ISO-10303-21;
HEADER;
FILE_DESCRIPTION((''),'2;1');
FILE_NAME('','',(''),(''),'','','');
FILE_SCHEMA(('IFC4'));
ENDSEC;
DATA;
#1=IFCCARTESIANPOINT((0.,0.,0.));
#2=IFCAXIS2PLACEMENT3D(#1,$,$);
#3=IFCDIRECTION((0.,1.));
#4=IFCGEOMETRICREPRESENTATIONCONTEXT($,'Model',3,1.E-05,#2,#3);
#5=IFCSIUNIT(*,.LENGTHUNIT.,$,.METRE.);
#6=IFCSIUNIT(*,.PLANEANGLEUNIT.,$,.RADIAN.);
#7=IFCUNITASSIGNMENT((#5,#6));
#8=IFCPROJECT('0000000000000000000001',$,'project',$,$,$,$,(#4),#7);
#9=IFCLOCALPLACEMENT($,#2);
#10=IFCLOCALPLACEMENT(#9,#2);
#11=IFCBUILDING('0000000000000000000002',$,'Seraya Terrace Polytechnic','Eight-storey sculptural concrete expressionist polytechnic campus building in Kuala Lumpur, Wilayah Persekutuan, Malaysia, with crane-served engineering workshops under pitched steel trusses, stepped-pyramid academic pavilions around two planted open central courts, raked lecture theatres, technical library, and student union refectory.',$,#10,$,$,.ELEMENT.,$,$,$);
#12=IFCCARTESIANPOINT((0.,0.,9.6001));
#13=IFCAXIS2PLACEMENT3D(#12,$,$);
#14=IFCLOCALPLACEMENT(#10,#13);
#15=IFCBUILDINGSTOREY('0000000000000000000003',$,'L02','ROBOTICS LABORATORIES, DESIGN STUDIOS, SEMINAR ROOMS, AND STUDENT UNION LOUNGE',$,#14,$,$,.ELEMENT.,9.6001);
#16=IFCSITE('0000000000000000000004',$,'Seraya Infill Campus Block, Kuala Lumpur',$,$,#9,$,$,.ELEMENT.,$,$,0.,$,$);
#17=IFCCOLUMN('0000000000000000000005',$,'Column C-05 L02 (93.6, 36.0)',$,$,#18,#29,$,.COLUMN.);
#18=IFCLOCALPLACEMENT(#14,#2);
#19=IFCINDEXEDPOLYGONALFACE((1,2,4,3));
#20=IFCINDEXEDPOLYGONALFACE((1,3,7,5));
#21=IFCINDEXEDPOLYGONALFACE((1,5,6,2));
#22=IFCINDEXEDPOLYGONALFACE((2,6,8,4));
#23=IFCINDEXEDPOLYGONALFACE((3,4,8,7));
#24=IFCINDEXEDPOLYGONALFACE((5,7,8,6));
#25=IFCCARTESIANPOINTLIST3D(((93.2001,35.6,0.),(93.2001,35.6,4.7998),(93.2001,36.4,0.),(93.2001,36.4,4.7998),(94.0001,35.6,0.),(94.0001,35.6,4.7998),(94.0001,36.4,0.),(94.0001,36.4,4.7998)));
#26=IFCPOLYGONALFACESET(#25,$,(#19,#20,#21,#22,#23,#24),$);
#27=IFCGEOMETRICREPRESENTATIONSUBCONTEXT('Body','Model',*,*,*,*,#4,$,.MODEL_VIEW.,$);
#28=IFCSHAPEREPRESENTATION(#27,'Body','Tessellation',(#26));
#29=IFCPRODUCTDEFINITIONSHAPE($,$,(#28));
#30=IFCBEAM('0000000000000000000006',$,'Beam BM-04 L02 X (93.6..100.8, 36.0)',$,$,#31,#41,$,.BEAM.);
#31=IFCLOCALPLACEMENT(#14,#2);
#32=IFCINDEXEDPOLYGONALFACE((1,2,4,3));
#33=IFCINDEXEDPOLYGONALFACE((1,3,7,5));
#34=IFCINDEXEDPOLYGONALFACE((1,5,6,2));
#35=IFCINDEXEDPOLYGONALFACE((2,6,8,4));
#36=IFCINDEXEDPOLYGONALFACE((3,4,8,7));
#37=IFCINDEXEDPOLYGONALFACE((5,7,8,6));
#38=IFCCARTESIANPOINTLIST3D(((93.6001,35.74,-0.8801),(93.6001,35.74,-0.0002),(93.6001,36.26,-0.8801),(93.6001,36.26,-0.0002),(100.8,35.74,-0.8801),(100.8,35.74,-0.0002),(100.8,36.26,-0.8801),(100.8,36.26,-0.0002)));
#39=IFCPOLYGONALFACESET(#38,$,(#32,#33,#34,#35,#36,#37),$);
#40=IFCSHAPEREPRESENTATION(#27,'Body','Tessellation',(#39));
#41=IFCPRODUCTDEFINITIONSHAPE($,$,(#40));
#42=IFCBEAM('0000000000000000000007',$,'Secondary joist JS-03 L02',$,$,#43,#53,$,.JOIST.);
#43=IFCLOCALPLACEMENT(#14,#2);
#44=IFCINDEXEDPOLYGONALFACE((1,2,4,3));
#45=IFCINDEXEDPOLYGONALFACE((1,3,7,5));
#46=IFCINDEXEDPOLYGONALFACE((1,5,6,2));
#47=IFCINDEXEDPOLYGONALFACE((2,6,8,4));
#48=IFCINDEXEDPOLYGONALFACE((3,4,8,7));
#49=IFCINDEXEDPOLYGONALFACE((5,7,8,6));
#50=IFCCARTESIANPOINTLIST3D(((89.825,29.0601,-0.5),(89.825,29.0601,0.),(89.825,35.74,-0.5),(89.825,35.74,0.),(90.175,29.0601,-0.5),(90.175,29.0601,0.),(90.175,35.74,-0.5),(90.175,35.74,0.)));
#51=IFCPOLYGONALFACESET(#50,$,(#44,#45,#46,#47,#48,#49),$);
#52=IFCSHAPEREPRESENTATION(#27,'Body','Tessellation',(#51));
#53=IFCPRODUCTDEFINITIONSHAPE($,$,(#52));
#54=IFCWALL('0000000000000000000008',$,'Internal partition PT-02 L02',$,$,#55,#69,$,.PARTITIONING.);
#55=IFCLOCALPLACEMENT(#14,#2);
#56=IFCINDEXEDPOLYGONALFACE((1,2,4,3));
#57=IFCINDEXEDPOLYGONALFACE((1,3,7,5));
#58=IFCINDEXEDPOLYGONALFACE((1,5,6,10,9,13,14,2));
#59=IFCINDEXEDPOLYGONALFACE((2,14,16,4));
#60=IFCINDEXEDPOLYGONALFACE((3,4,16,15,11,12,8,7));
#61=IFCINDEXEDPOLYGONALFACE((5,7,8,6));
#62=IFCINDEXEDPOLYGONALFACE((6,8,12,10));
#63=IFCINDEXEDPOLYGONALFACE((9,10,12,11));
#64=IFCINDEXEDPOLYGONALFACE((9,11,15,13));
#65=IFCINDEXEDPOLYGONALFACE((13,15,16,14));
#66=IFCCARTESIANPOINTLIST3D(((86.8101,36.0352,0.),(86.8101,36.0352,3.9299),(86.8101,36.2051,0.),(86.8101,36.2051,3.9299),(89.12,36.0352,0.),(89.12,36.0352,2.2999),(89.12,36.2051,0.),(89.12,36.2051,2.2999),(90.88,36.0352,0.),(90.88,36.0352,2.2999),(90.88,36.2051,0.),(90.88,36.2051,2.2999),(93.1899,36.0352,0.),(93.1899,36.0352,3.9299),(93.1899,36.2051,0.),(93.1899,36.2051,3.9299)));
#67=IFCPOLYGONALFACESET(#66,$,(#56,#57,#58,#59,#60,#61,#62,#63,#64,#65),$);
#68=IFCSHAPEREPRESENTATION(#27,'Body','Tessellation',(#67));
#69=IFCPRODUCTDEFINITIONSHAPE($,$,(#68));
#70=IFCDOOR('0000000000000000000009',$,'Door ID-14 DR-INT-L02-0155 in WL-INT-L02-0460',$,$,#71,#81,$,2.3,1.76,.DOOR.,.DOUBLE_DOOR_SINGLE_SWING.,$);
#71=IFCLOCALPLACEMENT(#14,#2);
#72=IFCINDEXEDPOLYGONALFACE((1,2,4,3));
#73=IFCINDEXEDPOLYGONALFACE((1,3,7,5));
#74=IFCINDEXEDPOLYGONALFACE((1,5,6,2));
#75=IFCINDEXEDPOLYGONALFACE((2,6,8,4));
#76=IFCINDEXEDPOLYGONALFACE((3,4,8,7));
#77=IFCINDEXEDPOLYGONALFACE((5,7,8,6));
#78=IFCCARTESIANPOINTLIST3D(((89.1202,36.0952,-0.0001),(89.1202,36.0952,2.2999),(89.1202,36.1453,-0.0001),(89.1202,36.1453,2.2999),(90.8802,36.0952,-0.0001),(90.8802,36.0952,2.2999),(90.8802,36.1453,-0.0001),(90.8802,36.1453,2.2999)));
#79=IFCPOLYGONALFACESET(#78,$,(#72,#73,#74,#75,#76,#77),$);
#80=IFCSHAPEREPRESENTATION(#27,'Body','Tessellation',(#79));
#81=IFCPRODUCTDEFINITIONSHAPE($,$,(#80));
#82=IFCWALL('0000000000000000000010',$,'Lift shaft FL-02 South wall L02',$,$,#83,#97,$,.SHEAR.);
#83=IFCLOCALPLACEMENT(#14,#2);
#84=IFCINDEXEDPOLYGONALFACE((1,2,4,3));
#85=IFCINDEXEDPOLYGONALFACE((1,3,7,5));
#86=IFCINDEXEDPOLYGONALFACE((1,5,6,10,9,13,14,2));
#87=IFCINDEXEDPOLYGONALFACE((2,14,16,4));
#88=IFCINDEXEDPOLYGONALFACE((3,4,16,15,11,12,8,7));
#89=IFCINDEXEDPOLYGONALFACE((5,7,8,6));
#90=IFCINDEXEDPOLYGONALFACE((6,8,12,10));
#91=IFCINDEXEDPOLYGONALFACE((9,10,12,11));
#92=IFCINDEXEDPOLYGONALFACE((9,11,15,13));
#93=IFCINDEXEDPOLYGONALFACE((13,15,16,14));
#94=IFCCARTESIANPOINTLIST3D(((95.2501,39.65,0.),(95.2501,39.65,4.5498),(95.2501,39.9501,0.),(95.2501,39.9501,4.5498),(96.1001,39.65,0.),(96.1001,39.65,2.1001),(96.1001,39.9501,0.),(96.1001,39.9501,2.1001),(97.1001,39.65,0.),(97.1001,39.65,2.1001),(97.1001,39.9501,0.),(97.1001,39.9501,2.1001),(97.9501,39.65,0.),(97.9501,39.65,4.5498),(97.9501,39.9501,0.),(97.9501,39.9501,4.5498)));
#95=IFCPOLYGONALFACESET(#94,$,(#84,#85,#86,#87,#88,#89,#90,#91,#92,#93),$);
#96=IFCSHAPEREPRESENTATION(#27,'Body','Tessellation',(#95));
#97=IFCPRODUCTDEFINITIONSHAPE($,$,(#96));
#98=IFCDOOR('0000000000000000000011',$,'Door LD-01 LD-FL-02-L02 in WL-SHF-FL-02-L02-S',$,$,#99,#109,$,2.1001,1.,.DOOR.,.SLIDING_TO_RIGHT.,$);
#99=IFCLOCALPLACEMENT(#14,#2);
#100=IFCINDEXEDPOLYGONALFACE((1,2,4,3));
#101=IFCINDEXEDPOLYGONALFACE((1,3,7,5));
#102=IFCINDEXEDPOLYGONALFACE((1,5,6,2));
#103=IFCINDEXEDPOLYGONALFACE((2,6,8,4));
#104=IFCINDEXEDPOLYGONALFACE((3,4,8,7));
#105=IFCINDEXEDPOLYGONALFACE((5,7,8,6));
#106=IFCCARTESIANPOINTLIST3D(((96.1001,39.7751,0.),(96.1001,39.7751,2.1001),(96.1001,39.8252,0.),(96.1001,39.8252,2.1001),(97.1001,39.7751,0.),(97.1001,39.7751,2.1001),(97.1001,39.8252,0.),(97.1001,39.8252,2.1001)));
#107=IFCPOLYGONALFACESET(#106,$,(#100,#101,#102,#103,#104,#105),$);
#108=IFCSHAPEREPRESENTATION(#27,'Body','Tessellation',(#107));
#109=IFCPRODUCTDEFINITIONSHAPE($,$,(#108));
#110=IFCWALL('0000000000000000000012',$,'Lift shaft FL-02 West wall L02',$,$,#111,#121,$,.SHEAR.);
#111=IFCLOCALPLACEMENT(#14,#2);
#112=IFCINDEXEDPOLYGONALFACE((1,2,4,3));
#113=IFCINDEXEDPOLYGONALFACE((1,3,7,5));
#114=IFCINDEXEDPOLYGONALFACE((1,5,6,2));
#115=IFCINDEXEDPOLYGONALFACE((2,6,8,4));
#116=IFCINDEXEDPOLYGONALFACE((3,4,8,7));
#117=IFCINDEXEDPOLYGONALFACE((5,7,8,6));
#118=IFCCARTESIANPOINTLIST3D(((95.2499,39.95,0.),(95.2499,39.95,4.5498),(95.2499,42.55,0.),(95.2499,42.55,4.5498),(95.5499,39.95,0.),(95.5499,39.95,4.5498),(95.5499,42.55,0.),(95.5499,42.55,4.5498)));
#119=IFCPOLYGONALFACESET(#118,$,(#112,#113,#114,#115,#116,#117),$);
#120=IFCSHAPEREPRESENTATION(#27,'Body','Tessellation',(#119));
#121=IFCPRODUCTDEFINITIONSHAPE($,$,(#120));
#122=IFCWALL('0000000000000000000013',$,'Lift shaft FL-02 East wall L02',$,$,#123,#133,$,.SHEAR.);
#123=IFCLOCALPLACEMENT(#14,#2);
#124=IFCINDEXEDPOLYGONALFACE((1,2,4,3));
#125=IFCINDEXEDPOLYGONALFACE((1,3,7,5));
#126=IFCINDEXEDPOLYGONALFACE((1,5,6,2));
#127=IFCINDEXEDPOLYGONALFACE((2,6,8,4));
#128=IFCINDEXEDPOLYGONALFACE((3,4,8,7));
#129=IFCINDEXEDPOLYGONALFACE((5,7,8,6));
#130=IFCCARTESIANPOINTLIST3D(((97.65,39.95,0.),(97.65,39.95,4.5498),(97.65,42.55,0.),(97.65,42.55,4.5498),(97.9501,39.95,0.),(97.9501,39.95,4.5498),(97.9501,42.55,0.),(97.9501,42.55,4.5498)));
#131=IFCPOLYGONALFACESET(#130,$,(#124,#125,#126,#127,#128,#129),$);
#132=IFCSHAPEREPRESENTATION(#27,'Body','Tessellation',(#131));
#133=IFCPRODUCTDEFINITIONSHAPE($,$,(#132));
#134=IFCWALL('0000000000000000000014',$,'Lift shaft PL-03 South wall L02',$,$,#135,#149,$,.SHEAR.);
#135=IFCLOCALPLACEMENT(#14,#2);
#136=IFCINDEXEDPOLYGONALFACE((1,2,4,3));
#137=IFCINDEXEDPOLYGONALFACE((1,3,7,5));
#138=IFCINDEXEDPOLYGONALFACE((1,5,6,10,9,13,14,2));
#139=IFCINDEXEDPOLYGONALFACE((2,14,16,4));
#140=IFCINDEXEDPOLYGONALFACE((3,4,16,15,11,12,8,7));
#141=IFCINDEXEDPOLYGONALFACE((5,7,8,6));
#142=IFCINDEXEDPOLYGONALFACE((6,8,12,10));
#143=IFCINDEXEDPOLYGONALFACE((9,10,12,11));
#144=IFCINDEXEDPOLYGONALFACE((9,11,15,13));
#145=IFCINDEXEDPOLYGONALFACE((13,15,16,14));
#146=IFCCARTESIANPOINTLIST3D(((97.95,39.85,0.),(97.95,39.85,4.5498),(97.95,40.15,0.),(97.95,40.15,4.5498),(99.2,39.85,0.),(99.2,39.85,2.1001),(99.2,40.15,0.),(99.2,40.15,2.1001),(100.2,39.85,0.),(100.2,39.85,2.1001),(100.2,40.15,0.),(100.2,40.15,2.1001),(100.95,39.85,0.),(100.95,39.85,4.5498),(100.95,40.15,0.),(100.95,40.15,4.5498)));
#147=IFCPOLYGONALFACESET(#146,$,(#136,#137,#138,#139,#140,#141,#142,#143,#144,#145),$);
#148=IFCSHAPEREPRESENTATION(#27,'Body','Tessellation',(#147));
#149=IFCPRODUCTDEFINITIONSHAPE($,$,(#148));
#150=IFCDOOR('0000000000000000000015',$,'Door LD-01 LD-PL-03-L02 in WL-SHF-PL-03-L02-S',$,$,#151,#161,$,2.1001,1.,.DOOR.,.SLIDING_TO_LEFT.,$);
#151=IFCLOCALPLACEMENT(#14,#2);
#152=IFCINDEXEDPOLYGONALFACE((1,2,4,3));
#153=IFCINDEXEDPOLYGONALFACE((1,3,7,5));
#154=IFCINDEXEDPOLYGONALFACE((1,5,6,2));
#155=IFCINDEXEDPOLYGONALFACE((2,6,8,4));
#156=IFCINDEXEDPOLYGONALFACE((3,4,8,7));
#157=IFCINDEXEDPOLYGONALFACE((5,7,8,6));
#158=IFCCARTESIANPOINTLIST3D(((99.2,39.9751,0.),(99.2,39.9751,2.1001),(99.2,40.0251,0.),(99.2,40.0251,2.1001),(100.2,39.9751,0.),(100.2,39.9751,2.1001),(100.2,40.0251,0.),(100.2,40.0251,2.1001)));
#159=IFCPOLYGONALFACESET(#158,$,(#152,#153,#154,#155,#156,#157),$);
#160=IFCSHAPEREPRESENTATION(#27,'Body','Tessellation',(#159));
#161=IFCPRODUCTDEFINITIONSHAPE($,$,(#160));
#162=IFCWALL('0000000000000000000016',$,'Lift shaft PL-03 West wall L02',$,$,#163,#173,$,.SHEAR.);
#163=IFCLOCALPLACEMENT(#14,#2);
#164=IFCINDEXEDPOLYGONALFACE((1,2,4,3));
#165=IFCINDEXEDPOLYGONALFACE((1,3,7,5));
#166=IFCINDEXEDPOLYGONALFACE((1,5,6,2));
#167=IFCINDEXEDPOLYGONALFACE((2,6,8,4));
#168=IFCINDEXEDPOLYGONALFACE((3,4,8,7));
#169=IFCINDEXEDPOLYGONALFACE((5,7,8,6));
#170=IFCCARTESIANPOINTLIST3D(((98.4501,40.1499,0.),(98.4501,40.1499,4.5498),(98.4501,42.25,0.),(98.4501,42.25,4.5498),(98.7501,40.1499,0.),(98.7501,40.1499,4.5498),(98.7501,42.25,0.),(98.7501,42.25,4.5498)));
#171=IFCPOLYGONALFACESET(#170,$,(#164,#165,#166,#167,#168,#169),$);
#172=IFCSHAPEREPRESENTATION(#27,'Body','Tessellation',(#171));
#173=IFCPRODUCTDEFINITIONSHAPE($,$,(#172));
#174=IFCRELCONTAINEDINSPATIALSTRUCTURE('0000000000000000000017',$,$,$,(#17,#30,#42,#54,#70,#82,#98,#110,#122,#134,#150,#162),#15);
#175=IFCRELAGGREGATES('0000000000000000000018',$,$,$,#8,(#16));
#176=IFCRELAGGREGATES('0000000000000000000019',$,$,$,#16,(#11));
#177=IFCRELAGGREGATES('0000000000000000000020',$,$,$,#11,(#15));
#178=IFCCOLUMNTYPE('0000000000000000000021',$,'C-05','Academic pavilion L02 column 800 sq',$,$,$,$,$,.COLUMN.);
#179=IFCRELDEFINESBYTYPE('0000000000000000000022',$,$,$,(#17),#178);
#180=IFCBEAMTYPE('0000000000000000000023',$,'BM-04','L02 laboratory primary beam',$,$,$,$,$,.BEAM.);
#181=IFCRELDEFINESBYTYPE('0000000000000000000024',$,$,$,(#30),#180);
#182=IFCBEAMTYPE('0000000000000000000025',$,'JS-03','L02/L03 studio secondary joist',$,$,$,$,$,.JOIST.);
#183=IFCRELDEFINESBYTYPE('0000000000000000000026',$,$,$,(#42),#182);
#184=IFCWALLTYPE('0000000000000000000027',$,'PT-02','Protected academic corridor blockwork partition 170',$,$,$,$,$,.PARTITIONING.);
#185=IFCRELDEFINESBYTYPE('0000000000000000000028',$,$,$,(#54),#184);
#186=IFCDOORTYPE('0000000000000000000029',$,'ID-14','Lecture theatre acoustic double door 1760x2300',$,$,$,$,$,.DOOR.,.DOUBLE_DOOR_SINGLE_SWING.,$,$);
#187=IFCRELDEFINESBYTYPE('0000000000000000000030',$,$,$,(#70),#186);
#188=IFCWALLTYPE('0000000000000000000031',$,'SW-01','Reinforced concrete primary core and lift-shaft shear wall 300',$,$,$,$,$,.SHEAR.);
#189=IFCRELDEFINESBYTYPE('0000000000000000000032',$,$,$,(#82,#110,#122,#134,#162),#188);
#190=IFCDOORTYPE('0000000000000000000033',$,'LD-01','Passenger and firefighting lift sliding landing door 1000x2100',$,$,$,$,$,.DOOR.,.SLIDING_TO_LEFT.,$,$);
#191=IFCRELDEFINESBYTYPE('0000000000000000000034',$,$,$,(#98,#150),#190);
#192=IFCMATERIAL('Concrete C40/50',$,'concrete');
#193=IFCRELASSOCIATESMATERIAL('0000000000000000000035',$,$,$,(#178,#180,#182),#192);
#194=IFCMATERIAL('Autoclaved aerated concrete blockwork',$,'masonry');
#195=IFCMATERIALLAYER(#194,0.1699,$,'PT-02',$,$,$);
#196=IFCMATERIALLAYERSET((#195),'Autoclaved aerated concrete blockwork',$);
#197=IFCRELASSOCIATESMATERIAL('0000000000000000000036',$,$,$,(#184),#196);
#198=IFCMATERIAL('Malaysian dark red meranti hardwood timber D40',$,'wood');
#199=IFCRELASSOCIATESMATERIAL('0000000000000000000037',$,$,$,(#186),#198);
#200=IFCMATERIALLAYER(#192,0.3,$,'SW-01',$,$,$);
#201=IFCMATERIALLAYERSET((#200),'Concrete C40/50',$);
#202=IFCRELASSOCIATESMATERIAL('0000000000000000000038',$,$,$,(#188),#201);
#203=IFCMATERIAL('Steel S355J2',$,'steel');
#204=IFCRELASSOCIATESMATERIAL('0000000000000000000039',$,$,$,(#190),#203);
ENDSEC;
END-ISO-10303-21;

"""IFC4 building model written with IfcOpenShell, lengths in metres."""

from ifc_helpers import new_model, si_unit, direction, frame, frame_2d, origin, origin_2d, place, context, subcontext, project, spatial, rectangle, extrude, material, layer, layer_set, material_profile, profile_set, type_object, element, fill, save


model = new_model("IFC4")

# Units and contexts
model_context = context("Model", 3, precision=1e-05, world=origin(), true_north=direction((0.0, 1.0)))
body_context = subcontext(model_context, "Body", "Model", "MODEL_VIEW")
ifc_project = project(units=[si_unit("LENGTHUNIT", "METRE"), si_unit("PLANEANGLEUNIT", "RADIAN")], contexts=[model_context])

# Site, building, storey
site_placement = place(None, origin())
site = spatial("IfcSite", under=ifc_project, at=site_placement, Name="Seraya Infill Campus Block, Kuala Lumpur", CompositionType="ELEMENT", RefElevation=0.0)
building_placement = place(site_placement, origin())
building = spatial("IfcBuilding", under=site, at=building_placement, Name="Seraya Terrace Polytechnic", Description="Eight-storey sculptural concrete expressionist polytechnic campus building in Kuala Lumpur, Wilayah Persekutuan, Malaysia, with crane-served engineering workshops under pitched steel trusses, stepped-pyramid academic pavilions around two planted open central courts, raked lecture theatres, technical library, and student union refectory.", CompositionType="ELEMENT")
storey_placement = place(building_placement, frame((0.0, 0.0, 9.6001)))
storey = spatial("IfcBuildingStorey", under=building, at=storey_placement, Name="L02", Description="ROBOTICS LABORATORIES, DESIGN STUDIOS, SEMINAR ROOMS, AND STUDENT UNION LOUNGE", CompositionType="ELEMENT", Elevation=9.6001)

# Column
ifc_material_1 = material(Name="Concrete C40/50", Category="concrete")
ifc_material_profile_1 = material_profile(ifc_material_1, rectangle(XDim=0.8, YDim=0.8, at=origin_2d()), Name="RC 800x800")
ifc_profile_set_1 = profile_set([ifc_material_profile_1], Name="Concrete C40/50")
column_type = type_object("IfcColumnType", Name="C-05", Description="Academic pavilion L02 column 800 sq", PredefinedType="COLUMN", material=ifc_profile_set_1)
column_placement = place(storey_placement, frame((93.6001, 36.0, 0.0), z_axis=(0.0, 0.0, 1.0), x_axis=(1.0, 0.0, 0.0)))
element("IfcColumn", 1, at=column_placement, inside=storey, type_object=column_type, Name="Column C-05 L02 (93.6, 36.0)", PredefinedType="COLUMN", context=body_context, shape_type="SweptSolid", body=[
    extrude(rectangle(XDim=0.8, YDim=0.8, at=origin_2d()), origin(), (0.0, 0.0, 1.0), 4.7998),
])

# Beams
ifc_material_profile_2 = material_profile(ifc_material_1, rectangle(XDim=0.52, YDim=0.8799, at=origin_2d()), Name="RC 520x880")
ifc_profile_set_2 = profile_set([ifc_material_profile_2], Name="Concrete C40/50")
beam_type_1 = type_object("IfcBeamType", Name="BM-04", Description="L02 laboratory primary beam", PredefinedType="BEAM", material=ifc_profile_set_2)
beam_1_placement = place(storey_placement, frame((93.6001, 36.0, -0.4402), z_axis=(1.0, 0.0, 0.0), x_axis=(0.0, 1.0, 0.0)))
element("IfcBeam", 2, at=beam_1_placement, inside=storey, type_object=beam_type_1, Name="Beam BM-04 L02 X (93.6..100.8, 36.0)", PredefinedType="BEAM", context=body_context, shape_type="SweptSolid", body=[
    extrude(rectangle(XDim=0.52, YDim=0.8799, at=origin_2d()), origin(), (0.0, 0.0, 1.0), 7.2),
])
ifc_material_profile_3 = material_profile(ifc_material_1, rectangle(XDim=0.3501, YDim=0.5, at=origin_2d()), Name="RC 350x500")
ifc_profile_set_3 = profile_set([ifc_material_profile_3], Name="Concrete C40/50")
beam_type_2 = type_object("IfcBeamType", Name="JS-03", Description="L02/L03 studio secondary joist", PredefinedType="JOIST", material=ifc_profile_set_3)
beam_2_placement = place(storey_placement, frame((90.0, 29.0601, -0.25), z_axis=(0.0, 1.0, 0.0), x_axis=(-1.0, 0.0, 0.0)))
element("IfcBeam", 3, at=beam_2_placement, inside=storey, type_object=beam_type_2, Name="Secondary joist JS-03 L02", PredefinedType="JOIST", context=body_context, shape_type="SweptSolid", body=[
    extrude(rectangle(XDim=0.3501, YDim=0.5, at=origin_2d()), origin(), (0.0, 0.0, 1.0), 6.6799),
])

# Walls, openings, doors
ifc_material_2 = material(Name="Autoclaved aerated concrete blockwork", Category="masonry")
ifc_layer_1 = layer(ifc_material_2, 0.1699, Name="PT-02")
ifc_layer_set_1 = layer_set([ifc_layer_1], Name="Autoclaved aerated concrete blockwork")
wall_type_1 = type_object("IfcWallType", Name="PT-02", Description="Protected academic corridor blockwork partition 170", PredefinedType="PARTITIONING", material=ifc_layer_set_1)
wall_1_placement = place(storey_placement, frame((86.8101, 36.1201, 0.0), z_axis=(0.0, 0.0, 1.0), x_axis=(1.0, 0.0, 0.0)))
wall_1 = element("IfcWall", 4, at=wall_1_placement, inside=storey, type_object=wall_type_1, Name="Internal partition PT-02 L02", PredefinedType="PARTITIONING", context=body_context, shape_type="SweptSolid", body=[
    extrude(rectangle(XDim=6.3799, YDim=0.1699, at=frame_2d((3.1899, 0.0))), origin(), (0.0, 0.0, 1.0), 3.9299),
])
opening_1_placement = place(wall_1_placement, frame((2.3101, 0.0, 0.0)))
opening_1 = element("IfcOpeningElement", 5, at=opening_1_placement, cuts=wall_1, PredefinedType="OPENING", context=body_context, shape_type="SweptSolid", body=[
    extrude(rectangle(XDim=1.76, YDim=2.3, at=frame_2d((0.8799, 1.1499))), frame((0.0, 0.0969, 0.0), z_axis=(0.0, -1.0, 0.0), x_axis=(1.0, 0.0, 0.0)), (0.0, 0.0, 1.0), 0.1938),
])
ifc_material_3 = material(Name="Malaysian dark red meranti hardwood timber D40", Category="wood")
door_type_1 = type_object("IfcDoorType", Name="ID-14", Description="Lecture theatre acoustic double door 1760x2300", OperationType="DOUBLE_DOOR_SINGLE_SWING", PredefinedType="DOOR", material=ifc_material_3)
door_1_placement = place(opening_1_placement, frame((1.76, 0.0, 0.0), z_axis=(0.0, 0.0, 1.0), x_axis=(-1.0, 0.0, 0.0)))
door_1 = element("IfcDoor", 6, at=door_1_placement, inside=storey, type_object=door_type_1, Name="Door ID-14 DR-INT-L02-0155 in WL-INT-L02-0460", OperationType="DOUBLE_DOOR_SINGLE_SWING", OverallHeight=2.3, OverallWidth=1.76, PredefinedType="DOOR", context=body_context, shape_type="SweptSolid", body=[
    extrude(rectangle(XDim=1.76, YDim=2.3, at=frame_2d((0.8799, 1.1499))), frame((0.0, 0.0249, 0.0), z_axis=(0.0, -1.0, 0.0), x_axis=(1.0, 0.0, 0.0)), (0.0, 0.0, 1.0), 0.05),
])
fill(opening_1, door_1)
ifc_layer_2 = layer(ifc_material_1, 0.3, Name="SW-01")
ifc_layer_set_2 = layer_set([ifc_layer_2], Name="Concrete C40/50")
wall_type_2 = type_object("IfcWallType", Name="SW-01", Description="Reinforced concrete primary core and lift-shaft shear wall 300", PredefinedType="SHEAR", material=ifc_layer_set_2)
wall_2_placement = place(storey_placement, frame((95.25, 39.8, 0.0), z_axis=(0.0, 0.0, 1.0), x_axis=(1.0, 0.0, 0.0)))
wall_2 = element("IfcWall", 7, at=wall_2_placement, inside=storey, type_object=wall_type_2, Name="Lift shaft FL-02 South wall L02", PredefinedType="SHEAR", context=body_context, shape_type="SweptSolid", body=[
    extrude(rectangle(XDim=2.7, YDim=0.3, at=frame_2d((1.3501, 0.0))), origin(), (0.0, 0.0, 1.0), 4.5498),
])
opening_2_placement = place(wall_2_placement, frame((0.8501, 0.0, 0.0)))
opening_2 = element("IfcOpeningElement", 8, at=opening_2_placement, cuts=wall_2, PredefinedType="OPENING", context=body_context, shape_type="SweptSolid", body=[
    extrude(rectangle(XDim=1.0, YDim=2.1001, at=frame_2d((0.5, 1.05))), frame((0.0, 0.1621, 0.0), z_axis=(0.0, -1.0, 0.0), x_axis=(1.0, 0.0, 0.0)), (0.0, 0.0, 1.0), 0.324),
])
ifc_material_4 = material(Name="Steel S355J2", Category="steel")
door_type_2 = type_object("IfcDoorType", Name="LD-01", Description="Passenger and firefighting lift sliding landing door 1000x2100", OperationType="SLIDING_TO_LEFT", PredefinedType="DOOR", material=ifc_material_4)
door_2_placement = place(opening_2_placement, frame((1.0, 0.0, 0.0), z_axis=(0.0, 0.0, 1.0), x_axis=(-1.0, 0.0, 0.0)))
door_2 = element("IfcDoor", 9, at=door_2_placement, inside=storey, type_object=door_type_2, Name="Door LD-01 LD-FL-02-L02 in WL-SHF-FL-02-L02-S", OperationType="SLIDING_TO_RIGHT", OverallHeight=2.1001, OverallWidth=1.0, PredefinedType="DOOR", context=body_context, shape_type="SweptSolid", body=[
    extrude(rectangle(XDim=1.0, YDim=2.1001, at=frame_2d((0.5, 1.05))), frame((0.0, 0.0249, 0.0), z_axis=(0.0, -1.0, 0.0), x_axis=(1.0, 0.0, 0.0)), (0.0, 0.0, 1.0), 0.05),
])
fill(opening_2, door_2)

# Walls
for number, where, z_axis, x_axis, name in (
    (10, (95.3999, 39.95, 0.0), (0.0, 0.0, 1.0), (0.0, 1.0, 0.0), "Lift shaft FL-02 West wall L02"),
    (11, (97.8, 39.95, 0.0), (0.0, 0.0, 1.0), (0.0, 1.0, 0.0), "Lift shaft FL-02 East wall L02"),
):
    element("IfcWall", number, at=place(storey_placement, frame(where, z_axis=z_axis, x_axis=x_axis)), inside=storey, type_object=wall_type_2, Name=name, PredefinedType="SHEAR", context=body_context, shape_type="SweptSolid", body=[
        extrude(rectangle(XDim=2.6001, YDim=0.3, at=frame_2d((1.3, 0.0))), origin(), (0.0, 0.0, 1.0), 4.5498),
    ])

# Wall, opening, door
wall_3_placement = place(storey_placement, frame((97.95, 40.0, 0.0), z_axis=(0.0, 0.0, 1.0), x_axis=(1.0, 0.0, 0.0)))
wall_3 = element("IfcWall", 12, at=wall_3_placement, inside=storey, type_object=wall_type_2, Name="Lift shaft PL-03 South wall L02", PredefinedType="SHEAR", context=body_context, shape_type="SweptSolid", body=[
    extrude(rectangle(XDim=3.0, YDim=0.3, at=frame_2d((1.5, 0.0))), origin(), (0.0, 0.0, 1.0), 4.5498),
])
opening_3_placement = place(wall_3_placement, frame((1.25, 0.0, 0.0)))
opening_3 = element("IfcOpeningElement", 13, at=opening_3_placement, cuts=wall_3, PredefinedType="OPENING", context=body_context, shape_type="SweptSolid", body=[
    extrude(rectangle(XDim=1.0, YDim=2.1001, at=frame_2d((0.5, 1.05))), frame((0.0, 0.1621, 0.0), z_axis=(0.0, -1.0, 0.0), x_axis=(1.0, 0.0, 0.0)), (0.0, 0.0, 1.0), 0.324),
])
door_3_placement = place(opening_3_placement, frame((1.0, 0.0, 0.0), z_axis=(0.0, 0.0, 1.0), x_axis=(-1.0, 0.0, 0.0)))
door_3 = element("IfcDoor", 14, at=door_3_placement, inside=storey, type_object=door_type_2, Name="Door LD-01 LD-PL-03-L02 in WL-SHF-PL-03-L02-S", OperationType="SLIDING_TO_LEFT", OverallHeight=2.1001, OverallWidth=1.0, PredefinedType="DOOR", context=body_context, shape_type="SweptSolid", body=[
    extrude(rectangle(XDim=1.0, YDim=2.1001, at=frame_2d((0.5, 1.05))), frame((0.0, 0.0249, 0.0), z_axis=(0.0, -1.0, 0.0), x_axis=(1.0, 0.0, 0.0)), (0.0, 0.0, 1.0), 0.05),
])
fill(opening_3, door_3)

# Wall
wall_4_placement = place(storey_placement, frame((98.6001, 40.1499, 0.0), z_axis=(0.0, 0.0, 1.0), x_axis=(0.0, 1.0, 0.0)))
element("IfcWall", 15, at=wall_4_placement, inside=storey, type_object=wall_type_2, Name="Lift shaft PL-03 West wall L02", PredefinedType="SHEAR", context=body_context, shape_type="SweptSolid", body=[
    extrude(rectangle(XDim=2.1001, YDim=0.3, at=frame_2d((1.05, 0.0))), origin(), (0.0, 0.0, 1.0), 4.5498),
])

save(model, "model.ifc")
